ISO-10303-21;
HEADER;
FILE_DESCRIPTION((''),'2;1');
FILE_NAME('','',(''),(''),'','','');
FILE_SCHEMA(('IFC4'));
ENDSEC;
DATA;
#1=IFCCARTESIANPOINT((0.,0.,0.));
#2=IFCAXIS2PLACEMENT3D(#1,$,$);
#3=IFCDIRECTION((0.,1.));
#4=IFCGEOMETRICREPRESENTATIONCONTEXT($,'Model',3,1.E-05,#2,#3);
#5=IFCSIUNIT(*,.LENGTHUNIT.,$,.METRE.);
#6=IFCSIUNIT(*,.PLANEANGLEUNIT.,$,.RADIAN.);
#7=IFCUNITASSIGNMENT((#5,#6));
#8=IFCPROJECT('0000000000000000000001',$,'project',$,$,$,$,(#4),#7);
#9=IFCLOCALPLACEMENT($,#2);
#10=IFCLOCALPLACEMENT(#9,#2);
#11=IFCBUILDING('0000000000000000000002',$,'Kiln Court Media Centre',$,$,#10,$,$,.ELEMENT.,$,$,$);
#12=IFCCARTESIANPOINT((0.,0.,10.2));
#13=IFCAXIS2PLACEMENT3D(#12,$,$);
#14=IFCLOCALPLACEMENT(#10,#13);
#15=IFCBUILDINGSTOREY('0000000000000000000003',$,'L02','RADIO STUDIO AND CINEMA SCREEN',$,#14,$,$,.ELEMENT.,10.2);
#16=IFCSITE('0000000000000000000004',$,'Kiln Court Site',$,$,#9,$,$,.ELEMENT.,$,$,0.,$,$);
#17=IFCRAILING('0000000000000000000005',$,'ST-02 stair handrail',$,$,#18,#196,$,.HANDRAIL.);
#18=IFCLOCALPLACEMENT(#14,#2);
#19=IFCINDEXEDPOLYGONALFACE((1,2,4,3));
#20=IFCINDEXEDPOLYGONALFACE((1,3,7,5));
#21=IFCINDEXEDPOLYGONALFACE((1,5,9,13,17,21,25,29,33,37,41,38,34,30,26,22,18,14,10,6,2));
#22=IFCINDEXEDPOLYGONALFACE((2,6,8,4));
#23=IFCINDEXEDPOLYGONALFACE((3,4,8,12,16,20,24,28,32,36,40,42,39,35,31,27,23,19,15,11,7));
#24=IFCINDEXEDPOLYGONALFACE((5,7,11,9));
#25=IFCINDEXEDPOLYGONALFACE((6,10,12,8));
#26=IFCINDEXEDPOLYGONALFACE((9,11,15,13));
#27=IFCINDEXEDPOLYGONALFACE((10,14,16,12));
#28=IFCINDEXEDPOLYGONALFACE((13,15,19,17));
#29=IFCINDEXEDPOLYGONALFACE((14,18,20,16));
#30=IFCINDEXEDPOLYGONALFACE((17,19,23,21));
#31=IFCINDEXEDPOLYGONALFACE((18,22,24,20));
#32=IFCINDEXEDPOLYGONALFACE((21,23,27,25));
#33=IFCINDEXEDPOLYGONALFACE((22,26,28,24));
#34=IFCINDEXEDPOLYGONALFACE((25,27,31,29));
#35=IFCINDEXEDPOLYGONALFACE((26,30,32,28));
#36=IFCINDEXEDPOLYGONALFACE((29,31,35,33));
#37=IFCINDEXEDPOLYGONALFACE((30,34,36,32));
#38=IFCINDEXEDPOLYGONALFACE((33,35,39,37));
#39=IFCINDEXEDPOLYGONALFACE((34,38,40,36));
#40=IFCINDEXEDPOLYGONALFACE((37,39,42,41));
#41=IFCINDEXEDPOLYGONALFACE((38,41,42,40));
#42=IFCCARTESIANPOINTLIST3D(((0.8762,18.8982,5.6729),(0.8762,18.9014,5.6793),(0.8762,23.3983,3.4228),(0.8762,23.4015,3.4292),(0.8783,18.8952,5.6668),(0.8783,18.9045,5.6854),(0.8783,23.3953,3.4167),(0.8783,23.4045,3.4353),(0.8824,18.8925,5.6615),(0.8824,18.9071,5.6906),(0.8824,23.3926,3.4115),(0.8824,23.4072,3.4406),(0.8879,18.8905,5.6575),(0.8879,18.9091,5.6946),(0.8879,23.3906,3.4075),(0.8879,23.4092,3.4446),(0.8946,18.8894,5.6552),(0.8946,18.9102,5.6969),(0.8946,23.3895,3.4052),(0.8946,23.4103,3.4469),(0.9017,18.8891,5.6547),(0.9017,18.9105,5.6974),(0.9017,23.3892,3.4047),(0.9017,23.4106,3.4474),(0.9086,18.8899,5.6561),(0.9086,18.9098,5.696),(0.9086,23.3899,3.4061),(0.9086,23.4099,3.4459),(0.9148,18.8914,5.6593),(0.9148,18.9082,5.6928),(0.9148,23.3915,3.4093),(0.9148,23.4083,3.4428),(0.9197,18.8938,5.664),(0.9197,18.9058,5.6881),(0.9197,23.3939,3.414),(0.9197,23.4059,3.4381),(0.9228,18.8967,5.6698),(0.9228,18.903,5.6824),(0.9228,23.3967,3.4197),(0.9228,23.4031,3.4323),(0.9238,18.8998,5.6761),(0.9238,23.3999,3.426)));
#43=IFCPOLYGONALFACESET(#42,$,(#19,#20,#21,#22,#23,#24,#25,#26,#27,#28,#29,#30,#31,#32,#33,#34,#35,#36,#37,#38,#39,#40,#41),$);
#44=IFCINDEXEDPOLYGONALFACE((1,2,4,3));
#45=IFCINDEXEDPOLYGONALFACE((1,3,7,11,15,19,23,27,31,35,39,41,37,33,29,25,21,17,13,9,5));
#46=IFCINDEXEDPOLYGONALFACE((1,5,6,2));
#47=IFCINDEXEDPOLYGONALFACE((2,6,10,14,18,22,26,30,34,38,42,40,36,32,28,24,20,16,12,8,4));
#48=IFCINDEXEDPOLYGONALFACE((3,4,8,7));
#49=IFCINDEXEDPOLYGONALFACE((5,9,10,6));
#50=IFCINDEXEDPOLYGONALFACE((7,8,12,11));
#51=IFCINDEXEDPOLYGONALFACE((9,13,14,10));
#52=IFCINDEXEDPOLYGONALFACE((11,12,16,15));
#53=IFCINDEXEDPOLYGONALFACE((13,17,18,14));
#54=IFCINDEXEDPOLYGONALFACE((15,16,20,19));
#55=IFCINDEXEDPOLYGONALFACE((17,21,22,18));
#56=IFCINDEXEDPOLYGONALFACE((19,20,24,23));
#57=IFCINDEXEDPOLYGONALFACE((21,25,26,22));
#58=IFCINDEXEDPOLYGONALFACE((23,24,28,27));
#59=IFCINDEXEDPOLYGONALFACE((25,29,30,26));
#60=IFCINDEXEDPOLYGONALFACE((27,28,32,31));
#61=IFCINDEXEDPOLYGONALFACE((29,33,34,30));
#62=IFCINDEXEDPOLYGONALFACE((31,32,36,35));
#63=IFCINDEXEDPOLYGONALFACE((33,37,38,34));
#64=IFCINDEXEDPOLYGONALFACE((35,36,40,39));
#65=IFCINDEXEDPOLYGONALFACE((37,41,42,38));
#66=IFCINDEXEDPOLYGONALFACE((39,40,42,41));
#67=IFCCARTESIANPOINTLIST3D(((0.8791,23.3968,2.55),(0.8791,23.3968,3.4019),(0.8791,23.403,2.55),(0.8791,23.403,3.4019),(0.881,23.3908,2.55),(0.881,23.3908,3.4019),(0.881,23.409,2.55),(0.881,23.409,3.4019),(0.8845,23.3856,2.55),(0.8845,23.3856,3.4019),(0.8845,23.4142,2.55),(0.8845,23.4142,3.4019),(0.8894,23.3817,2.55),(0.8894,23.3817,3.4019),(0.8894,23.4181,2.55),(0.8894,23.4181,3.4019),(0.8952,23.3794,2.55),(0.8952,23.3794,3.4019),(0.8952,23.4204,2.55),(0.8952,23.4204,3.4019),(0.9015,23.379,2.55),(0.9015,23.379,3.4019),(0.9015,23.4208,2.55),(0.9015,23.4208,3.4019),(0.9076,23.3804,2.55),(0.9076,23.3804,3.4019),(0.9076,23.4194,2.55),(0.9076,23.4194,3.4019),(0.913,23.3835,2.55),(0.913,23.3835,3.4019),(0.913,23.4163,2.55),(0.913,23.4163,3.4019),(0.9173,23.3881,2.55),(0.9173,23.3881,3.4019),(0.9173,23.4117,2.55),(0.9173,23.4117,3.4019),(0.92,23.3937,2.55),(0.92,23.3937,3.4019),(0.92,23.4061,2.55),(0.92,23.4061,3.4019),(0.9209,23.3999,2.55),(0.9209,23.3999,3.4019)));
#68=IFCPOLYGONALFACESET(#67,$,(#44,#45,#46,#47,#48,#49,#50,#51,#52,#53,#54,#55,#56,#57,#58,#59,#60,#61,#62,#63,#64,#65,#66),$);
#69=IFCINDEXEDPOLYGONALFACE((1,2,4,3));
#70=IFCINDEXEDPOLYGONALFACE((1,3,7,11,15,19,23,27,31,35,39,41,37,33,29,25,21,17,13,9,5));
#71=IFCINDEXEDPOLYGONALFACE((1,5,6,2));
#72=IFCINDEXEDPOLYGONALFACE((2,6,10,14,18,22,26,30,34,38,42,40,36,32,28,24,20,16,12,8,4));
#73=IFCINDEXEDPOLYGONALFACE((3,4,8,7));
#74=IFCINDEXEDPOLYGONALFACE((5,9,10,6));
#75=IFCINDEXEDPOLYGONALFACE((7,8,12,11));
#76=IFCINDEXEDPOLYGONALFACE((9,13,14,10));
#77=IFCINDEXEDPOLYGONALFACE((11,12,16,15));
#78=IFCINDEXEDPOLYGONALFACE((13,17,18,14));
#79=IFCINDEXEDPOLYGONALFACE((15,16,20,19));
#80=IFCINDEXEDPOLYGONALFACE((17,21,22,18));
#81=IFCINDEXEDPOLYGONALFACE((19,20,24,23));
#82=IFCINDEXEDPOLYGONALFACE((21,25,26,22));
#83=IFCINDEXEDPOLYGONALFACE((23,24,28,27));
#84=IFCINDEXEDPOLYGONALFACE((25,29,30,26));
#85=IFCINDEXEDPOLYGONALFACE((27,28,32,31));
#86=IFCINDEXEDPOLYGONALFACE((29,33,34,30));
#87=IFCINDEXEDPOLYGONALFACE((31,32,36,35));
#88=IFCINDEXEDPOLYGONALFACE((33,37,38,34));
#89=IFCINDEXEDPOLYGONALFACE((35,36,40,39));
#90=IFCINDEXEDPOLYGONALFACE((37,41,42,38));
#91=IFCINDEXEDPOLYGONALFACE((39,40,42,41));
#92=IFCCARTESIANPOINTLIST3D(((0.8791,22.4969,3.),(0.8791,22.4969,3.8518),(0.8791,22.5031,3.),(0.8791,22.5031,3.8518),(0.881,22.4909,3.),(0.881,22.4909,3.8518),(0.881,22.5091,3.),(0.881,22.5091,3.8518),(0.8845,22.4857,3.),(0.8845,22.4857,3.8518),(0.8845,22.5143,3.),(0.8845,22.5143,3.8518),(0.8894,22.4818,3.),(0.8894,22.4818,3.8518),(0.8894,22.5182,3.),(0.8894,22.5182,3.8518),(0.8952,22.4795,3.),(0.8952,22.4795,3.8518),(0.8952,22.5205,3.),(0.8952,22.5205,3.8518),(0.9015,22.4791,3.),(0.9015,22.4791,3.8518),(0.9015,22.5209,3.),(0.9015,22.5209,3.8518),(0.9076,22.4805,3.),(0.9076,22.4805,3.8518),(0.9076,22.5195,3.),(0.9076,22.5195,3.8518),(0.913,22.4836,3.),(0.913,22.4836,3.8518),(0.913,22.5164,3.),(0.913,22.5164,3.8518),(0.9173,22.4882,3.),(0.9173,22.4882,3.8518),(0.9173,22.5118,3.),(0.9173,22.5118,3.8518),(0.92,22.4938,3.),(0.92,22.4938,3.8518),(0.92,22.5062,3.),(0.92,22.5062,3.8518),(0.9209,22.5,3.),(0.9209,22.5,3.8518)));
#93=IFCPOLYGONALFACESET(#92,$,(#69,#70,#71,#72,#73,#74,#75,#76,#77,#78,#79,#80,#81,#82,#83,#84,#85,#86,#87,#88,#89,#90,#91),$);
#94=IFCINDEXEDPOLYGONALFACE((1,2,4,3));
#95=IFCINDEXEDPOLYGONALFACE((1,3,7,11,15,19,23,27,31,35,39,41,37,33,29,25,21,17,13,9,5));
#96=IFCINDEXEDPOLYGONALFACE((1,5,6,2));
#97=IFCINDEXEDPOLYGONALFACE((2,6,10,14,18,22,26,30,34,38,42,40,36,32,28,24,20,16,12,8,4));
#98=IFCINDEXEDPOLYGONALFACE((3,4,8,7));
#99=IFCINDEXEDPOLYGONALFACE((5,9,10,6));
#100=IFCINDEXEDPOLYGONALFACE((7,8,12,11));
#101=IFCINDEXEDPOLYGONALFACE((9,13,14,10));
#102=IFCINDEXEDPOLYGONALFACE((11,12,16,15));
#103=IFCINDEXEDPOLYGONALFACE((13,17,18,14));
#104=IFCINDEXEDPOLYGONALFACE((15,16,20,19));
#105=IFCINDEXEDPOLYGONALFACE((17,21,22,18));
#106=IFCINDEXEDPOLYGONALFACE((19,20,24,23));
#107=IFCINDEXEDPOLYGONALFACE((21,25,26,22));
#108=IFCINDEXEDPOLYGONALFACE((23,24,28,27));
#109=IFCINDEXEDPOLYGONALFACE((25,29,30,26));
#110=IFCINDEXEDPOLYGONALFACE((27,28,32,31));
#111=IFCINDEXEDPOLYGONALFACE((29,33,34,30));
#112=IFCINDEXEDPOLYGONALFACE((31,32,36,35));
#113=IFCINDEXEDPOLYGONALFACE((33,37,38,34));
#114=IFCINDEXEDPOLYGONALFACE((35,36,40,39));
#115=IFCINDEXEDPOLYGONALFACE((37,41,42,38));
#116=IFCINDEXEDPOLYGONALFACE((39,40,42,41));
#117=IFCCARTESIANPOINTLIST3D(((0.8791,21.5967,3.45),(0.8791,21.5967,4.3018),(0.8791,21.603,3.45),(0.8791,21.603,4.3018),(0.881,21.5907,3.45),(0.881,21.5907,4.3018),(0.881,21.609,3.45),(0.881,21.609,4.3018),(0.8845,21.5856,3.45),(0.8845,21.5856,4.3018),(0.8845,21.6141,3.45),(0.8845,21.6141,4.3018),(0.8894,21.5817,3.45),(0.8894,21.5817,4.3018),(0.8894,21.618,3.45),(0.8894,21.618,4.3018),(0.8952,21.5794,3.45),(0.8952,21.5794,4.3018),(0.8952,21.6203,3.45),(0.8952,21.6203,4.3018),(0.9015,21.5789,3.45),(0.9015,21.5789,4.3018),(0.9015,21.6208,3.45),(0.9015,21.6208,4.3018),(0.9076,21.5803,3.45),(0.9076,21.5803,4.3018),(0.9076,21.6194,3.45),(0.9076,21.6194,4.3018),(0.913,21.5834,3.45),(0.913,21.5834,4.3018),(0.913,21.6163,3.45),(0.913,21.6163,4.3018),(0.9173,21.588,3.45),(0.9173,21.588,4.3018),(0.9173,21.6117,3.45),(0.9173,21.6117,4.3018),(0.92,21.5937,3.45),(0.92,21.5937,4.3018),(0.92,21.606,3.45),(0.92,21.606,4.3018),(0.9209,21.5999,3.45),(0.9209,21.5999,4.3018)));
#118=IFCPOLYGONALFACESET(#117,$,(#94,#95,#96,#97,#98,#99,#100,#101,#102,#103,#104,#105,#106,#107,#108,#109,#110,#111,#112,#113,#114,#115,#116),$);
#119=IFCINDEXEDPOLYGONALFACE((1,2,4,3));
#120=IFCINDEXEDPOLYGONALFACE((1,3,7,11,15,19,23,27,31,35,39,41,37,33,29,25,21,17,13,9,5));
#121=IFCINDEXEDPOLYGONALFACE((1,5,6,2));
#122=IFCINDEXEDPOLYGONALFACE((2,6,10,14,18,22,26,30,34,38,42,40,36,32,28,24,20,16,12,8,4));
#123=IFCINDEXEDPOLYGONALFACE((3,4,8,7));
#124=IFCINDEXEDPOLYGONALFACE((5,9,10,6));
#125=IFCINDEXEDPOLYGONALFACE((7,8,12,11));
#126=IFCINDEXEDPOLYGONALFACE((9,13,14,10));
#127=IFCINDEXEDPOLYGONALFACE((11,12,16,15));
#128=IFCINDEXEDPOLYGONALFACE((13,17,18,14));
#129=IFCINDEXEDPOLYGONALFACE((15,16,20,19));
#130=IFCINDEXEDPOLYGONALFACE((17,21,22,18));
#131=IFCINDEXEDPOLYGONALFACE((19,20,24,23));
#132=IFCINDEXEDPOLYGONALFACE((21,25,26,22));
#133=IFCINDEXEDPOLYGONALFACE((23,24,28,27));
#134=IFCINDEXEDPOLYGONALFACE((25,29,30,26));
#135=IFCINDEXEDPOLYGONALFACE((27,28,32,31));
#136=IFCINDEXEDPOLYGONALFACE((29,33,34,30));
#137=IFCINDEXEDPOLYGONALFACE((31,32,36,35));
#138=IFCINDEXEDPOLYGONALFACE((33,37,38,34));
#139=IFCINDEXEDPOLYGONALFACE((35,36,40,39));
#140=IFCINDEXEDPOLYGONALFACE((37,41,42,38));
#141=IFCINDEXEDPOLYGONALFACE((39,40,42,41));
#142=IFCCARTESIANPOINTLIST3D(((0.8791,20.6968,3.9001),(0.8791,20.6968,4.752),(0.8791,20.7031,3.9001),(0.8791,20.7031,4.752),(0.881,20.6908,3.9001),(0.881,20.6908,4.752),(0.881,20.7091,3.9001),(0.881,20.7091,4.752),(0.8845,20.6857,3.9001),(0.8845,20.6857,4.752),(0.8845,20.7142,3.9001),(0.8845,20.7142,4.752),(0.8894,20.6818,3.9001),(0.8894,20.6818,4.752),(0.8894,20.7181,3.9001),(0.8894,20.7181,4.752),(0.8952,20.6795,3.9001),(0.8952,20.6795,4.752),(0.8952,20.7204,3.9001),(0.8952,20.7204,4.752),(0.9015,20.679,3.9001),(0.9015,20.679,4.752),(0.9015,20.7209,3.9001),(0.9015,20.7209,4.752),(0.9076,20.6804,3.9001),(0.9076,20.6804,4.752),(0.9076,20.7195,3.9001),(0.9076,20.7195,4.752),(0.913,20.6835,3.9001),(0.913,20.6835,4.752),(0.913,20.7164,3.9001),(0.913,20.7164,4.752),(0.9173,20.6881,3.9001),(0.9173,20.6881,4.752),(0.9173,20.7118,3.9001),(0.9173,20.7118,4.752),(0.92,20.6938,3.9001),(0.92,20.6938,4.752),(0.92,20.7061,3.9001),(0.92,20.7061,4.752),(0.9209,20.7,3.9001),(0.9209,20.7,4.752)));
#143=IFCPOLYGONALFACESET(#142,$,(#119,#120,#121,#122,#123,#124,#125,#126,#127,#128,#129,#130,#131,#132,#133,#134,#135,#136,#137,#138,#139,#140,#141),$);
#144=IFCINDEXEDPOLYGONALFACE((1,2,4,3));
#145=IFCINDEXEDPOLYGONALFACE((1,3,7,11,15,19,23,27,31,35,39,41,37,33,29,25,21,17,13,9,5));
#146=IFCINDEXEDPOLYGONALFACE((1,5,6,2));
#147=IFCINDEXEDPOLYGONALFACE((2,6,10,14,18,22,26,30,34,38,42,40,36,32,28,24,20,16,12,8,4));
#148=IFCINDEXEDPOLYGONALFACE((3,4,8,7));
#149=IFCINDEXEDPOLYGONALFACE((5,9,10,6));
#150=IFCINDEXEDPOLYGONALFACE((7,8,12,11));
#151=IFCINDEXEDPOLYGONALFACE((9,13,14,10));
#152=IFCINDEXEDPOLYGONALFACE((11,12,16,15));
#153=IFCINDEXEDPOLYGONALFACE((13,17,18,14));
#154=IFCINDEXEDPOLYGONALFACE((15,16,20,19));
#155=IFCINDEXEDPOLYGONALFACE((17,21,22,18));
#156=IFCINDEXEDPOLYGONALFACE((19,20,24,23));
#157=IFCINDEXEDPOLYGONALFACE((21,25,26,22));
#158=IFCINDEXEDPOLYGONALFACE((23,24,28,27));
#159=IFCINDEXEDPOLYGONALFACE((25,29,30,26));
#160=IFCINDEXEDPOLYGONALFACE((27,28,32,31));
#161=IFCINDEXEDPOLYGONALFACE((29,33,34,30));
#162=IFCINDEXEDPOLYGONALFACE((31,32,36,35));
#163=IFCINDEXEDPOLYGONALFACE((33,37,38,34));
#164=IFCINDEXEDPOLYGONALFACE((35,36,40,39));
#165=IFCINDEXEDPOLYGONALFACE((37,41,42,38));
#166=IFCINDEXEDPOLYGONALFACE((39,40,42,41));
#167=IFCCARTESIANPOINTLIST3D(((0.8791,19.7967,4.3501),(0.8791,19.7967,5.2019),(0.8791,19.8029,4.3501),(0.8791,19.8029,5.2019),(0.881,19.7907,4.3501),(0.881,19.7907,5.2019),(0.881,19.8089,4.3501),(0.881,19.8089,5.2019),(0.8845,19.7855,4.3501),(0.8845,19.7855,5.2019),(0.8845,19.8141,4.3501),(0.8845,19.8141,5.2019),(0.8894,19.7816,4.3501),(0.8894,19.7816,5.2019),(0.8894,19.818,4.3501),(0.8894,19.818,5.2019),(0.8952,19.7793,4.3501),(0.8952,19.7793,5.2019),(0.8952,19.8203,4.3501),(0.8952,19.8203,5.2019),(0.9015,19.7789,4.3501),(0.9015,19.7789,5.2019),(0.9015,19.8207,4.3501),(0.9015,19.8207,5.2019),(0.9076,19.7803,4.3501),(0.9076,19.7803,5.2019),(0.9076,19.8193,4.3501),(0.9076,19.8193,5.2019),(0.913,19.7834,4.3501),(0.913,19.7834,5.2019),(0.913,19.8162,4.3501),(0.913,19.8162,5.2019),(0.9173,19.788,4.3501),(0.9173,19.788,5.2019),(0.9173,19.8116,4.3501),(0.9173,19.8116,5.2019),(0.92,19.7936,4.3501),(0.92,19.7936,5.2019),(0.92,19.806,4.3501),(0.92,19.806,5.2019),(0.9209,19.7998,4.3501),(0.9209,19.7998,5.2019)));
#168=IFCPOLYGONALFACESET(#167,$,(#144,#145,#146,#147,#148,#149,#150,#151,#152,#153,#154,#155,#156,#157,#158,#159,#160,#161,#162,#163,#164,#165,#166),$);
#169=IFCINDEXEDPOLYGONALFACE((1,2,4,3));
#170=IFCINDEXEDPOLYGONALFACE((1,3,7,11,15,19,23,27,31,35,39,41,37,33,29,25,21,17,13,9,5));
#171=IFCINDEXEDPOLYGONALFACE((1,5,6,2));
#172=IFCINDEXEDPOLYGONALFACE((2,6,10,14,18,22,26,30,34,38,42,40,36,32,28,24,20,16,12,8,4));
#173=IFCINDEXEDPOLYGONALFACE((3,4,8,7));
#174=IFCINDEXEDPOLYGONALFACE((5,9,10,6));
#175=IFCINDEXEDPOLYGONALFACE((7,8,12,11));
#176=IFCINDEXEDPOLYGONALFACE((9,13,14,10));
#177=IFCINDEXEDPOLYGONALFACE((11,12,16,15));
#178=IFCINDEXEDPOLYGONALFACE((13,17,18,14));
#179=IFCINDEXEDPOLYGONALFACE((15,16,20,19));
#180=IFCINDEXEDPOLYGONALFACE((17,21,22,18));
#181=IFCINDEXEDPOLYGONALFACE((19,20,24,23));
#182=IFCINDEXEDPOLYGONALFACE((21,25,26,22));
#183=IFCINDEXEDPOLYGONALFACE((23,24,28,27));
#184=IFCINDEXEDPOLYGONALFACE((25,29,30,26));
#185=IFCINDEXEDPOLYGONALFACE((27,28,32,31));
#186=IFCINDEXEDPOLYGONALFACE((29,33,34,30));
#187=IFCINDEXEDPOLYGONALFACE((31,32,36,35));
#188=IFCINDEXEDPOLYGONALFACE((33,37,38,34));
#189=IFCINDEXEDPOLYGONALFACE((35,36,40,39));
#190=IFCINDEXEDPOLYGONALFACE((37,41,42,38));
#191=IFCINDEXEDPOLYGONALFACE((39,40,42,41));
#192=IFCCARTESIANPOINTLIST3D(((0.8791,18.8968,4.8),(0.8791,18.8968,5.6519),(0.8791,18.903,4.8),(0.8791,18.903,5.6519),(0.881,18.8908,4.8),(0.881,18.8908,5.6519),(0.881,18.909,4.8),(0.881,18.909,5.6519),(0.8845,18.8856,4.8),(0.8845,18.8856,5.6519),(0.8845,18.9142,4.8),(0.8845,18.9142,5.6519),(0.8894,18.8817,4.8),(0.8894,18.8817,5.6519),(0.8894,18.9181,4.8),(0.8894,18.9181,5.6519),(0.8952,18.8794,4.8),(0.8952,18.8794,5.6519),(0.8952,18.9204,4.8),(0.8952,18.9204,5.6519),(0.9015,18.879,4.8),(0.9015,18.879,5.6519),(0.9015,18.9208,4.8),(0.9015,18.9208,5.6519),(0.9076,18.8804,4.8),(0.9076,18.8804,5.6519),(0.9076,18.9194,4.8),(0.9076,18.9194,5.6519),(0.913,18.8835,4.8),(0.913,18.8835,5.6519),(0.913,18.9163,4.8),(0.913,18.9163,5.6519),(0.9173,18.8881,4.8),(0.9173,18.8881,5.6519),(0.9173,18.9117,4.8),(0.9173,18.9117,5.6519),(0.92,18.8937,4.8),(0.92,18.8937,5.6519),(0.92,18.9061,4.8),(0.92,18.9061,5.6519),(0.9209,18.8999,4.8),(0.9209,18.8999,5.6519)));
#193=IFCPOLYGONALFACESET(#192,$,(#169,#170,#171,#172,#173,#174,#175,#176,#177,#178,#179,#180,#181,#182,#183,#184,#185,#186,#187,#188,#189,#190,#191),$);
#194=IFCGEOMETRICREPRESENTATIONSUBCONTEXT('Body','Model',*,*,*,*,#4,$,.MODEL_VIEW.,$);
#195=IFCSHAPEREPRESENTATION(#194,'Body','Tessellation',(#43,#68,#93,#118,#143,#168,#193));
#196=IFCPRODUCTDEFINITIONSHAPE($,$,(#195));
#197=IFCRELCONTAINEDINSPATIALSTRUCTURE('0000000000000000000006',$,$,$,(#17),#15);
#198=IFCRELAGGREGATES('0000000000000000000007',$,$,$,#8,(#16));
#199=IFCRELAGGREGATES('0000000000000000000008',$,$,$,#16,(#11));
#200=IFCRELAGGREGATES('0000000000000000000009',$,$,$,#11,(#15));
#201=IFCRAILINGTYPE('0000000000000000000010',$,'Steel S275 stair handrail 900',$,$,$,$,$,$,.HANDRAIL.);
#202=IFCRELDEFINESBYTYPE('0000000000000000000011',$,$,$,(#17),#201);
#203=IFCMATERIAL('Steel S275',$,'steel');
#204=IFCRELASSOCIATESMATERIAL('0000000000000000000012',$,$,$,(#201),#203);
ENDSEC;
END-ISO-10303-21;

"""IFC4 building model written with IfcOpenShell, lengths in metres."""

from ifc_helpers import new_model, si_unit, direction, frame, origin, origin_2d, place, context, subcontext, project, spatial, circle, extrude, material, type_object, element, save


model = new_model("IFC4")

# Units and contexts
model_context = context("Model", 3, precision=1e-05, world=origin(), true_north=direction((0.0, 1.0)))
body_context = subcontext(model_context, "Body", "Model", "MODEL_VIEW")
ifc_project = project(units=[si_unit("LENGTHUNIT", "METRE"), si_unit("PLANEANGLEUNIT", "RADIAN")], contexts=[model_context])

# Site, building, storey
site_placement = place(None, origin())
site = spatial("IfcSite", under=ifc_project, at=site_placement, Name="Kiln Court Site", CompositionType="ELEMENT", RefElevation=0.0)
building_placement = place(site_placement, origin())
building = spatial("IfcBuilding", under=site, at=building_placement, Name="Kiln Court Media Centre", CompositionType="ELEMENT")
storey_placement = place(building_placement, frame((0.0, 0.0, 10.2)))
storey = spatial("IfcBuildingStorey", under=building, at=storey_placement, Name="L02", Description="RADIO STUDIO AND CINEMA SCREEN", CompositionType="ELEMENT", Elevation=10.2)

# Railing
ifc_material_1 = material(Name="Steel S275", Category="steel")
railing_type_1 = type_object("IfcRailingType", Name="Steel S275 stair handrail 900", PredefinedType="HANDRAIL", material=ifc_material_1)
railing_1_placement = place(storey_placement, frame((0.8999, 23.3999, 2.55)))
element("IfcRailing", 1, at=railing_1_placement, inside=storey, type_object=railing_type_1, Name="ST-02 stair handrail", PredefinedType="HANDRAIL", context=body_context, shape_type="SweptSolid", body=[
    extrude(circle(Radius=0.0239, at=origin_2d()), frame((0.0, 0.0, 0.876), z_axis=(0.0, -0.894427, 0.447214), x_axis=(1.0, 0.0, 0.0)), (0.0, 0.0, 1.0), 5.0312),
    extrude(circle(Radius=0.021, at=origin_2d()), origin(), (0.0, 0.0, 1.0), 0.8518),
    extrude(circle(Radius=0.021, at=origin_2d()), frame((0.0, -0.8999, 0.45)), (0.0, 0.0, 1.0), 0.8518),
    extrude(circle(Radius=0.021, at=origin_2d()), frame((0.0, -1.8, 0.8999)), (0.0, 0.0, 1.0), 0.8518),
    extrude(circle(Radius=0.021, at=origin_2d()), frame((0.0, -2.7, 1.3501)), (0.0, 0.0, 1.0), 0.8518),
    extrude(circle(Radius=0.021, at=origin_2d()), frame((0.0, -3.6001, 1.8)), (0.0, 0.0, 1.0), 0.8518),
    extrude(circle(Radius=0.021, at=origin_2d()), frame((0.0, -4.5, 2.25)), (0.0, 0.0, 1.0), 0.8518),
])

save(model, "model.ifc")
